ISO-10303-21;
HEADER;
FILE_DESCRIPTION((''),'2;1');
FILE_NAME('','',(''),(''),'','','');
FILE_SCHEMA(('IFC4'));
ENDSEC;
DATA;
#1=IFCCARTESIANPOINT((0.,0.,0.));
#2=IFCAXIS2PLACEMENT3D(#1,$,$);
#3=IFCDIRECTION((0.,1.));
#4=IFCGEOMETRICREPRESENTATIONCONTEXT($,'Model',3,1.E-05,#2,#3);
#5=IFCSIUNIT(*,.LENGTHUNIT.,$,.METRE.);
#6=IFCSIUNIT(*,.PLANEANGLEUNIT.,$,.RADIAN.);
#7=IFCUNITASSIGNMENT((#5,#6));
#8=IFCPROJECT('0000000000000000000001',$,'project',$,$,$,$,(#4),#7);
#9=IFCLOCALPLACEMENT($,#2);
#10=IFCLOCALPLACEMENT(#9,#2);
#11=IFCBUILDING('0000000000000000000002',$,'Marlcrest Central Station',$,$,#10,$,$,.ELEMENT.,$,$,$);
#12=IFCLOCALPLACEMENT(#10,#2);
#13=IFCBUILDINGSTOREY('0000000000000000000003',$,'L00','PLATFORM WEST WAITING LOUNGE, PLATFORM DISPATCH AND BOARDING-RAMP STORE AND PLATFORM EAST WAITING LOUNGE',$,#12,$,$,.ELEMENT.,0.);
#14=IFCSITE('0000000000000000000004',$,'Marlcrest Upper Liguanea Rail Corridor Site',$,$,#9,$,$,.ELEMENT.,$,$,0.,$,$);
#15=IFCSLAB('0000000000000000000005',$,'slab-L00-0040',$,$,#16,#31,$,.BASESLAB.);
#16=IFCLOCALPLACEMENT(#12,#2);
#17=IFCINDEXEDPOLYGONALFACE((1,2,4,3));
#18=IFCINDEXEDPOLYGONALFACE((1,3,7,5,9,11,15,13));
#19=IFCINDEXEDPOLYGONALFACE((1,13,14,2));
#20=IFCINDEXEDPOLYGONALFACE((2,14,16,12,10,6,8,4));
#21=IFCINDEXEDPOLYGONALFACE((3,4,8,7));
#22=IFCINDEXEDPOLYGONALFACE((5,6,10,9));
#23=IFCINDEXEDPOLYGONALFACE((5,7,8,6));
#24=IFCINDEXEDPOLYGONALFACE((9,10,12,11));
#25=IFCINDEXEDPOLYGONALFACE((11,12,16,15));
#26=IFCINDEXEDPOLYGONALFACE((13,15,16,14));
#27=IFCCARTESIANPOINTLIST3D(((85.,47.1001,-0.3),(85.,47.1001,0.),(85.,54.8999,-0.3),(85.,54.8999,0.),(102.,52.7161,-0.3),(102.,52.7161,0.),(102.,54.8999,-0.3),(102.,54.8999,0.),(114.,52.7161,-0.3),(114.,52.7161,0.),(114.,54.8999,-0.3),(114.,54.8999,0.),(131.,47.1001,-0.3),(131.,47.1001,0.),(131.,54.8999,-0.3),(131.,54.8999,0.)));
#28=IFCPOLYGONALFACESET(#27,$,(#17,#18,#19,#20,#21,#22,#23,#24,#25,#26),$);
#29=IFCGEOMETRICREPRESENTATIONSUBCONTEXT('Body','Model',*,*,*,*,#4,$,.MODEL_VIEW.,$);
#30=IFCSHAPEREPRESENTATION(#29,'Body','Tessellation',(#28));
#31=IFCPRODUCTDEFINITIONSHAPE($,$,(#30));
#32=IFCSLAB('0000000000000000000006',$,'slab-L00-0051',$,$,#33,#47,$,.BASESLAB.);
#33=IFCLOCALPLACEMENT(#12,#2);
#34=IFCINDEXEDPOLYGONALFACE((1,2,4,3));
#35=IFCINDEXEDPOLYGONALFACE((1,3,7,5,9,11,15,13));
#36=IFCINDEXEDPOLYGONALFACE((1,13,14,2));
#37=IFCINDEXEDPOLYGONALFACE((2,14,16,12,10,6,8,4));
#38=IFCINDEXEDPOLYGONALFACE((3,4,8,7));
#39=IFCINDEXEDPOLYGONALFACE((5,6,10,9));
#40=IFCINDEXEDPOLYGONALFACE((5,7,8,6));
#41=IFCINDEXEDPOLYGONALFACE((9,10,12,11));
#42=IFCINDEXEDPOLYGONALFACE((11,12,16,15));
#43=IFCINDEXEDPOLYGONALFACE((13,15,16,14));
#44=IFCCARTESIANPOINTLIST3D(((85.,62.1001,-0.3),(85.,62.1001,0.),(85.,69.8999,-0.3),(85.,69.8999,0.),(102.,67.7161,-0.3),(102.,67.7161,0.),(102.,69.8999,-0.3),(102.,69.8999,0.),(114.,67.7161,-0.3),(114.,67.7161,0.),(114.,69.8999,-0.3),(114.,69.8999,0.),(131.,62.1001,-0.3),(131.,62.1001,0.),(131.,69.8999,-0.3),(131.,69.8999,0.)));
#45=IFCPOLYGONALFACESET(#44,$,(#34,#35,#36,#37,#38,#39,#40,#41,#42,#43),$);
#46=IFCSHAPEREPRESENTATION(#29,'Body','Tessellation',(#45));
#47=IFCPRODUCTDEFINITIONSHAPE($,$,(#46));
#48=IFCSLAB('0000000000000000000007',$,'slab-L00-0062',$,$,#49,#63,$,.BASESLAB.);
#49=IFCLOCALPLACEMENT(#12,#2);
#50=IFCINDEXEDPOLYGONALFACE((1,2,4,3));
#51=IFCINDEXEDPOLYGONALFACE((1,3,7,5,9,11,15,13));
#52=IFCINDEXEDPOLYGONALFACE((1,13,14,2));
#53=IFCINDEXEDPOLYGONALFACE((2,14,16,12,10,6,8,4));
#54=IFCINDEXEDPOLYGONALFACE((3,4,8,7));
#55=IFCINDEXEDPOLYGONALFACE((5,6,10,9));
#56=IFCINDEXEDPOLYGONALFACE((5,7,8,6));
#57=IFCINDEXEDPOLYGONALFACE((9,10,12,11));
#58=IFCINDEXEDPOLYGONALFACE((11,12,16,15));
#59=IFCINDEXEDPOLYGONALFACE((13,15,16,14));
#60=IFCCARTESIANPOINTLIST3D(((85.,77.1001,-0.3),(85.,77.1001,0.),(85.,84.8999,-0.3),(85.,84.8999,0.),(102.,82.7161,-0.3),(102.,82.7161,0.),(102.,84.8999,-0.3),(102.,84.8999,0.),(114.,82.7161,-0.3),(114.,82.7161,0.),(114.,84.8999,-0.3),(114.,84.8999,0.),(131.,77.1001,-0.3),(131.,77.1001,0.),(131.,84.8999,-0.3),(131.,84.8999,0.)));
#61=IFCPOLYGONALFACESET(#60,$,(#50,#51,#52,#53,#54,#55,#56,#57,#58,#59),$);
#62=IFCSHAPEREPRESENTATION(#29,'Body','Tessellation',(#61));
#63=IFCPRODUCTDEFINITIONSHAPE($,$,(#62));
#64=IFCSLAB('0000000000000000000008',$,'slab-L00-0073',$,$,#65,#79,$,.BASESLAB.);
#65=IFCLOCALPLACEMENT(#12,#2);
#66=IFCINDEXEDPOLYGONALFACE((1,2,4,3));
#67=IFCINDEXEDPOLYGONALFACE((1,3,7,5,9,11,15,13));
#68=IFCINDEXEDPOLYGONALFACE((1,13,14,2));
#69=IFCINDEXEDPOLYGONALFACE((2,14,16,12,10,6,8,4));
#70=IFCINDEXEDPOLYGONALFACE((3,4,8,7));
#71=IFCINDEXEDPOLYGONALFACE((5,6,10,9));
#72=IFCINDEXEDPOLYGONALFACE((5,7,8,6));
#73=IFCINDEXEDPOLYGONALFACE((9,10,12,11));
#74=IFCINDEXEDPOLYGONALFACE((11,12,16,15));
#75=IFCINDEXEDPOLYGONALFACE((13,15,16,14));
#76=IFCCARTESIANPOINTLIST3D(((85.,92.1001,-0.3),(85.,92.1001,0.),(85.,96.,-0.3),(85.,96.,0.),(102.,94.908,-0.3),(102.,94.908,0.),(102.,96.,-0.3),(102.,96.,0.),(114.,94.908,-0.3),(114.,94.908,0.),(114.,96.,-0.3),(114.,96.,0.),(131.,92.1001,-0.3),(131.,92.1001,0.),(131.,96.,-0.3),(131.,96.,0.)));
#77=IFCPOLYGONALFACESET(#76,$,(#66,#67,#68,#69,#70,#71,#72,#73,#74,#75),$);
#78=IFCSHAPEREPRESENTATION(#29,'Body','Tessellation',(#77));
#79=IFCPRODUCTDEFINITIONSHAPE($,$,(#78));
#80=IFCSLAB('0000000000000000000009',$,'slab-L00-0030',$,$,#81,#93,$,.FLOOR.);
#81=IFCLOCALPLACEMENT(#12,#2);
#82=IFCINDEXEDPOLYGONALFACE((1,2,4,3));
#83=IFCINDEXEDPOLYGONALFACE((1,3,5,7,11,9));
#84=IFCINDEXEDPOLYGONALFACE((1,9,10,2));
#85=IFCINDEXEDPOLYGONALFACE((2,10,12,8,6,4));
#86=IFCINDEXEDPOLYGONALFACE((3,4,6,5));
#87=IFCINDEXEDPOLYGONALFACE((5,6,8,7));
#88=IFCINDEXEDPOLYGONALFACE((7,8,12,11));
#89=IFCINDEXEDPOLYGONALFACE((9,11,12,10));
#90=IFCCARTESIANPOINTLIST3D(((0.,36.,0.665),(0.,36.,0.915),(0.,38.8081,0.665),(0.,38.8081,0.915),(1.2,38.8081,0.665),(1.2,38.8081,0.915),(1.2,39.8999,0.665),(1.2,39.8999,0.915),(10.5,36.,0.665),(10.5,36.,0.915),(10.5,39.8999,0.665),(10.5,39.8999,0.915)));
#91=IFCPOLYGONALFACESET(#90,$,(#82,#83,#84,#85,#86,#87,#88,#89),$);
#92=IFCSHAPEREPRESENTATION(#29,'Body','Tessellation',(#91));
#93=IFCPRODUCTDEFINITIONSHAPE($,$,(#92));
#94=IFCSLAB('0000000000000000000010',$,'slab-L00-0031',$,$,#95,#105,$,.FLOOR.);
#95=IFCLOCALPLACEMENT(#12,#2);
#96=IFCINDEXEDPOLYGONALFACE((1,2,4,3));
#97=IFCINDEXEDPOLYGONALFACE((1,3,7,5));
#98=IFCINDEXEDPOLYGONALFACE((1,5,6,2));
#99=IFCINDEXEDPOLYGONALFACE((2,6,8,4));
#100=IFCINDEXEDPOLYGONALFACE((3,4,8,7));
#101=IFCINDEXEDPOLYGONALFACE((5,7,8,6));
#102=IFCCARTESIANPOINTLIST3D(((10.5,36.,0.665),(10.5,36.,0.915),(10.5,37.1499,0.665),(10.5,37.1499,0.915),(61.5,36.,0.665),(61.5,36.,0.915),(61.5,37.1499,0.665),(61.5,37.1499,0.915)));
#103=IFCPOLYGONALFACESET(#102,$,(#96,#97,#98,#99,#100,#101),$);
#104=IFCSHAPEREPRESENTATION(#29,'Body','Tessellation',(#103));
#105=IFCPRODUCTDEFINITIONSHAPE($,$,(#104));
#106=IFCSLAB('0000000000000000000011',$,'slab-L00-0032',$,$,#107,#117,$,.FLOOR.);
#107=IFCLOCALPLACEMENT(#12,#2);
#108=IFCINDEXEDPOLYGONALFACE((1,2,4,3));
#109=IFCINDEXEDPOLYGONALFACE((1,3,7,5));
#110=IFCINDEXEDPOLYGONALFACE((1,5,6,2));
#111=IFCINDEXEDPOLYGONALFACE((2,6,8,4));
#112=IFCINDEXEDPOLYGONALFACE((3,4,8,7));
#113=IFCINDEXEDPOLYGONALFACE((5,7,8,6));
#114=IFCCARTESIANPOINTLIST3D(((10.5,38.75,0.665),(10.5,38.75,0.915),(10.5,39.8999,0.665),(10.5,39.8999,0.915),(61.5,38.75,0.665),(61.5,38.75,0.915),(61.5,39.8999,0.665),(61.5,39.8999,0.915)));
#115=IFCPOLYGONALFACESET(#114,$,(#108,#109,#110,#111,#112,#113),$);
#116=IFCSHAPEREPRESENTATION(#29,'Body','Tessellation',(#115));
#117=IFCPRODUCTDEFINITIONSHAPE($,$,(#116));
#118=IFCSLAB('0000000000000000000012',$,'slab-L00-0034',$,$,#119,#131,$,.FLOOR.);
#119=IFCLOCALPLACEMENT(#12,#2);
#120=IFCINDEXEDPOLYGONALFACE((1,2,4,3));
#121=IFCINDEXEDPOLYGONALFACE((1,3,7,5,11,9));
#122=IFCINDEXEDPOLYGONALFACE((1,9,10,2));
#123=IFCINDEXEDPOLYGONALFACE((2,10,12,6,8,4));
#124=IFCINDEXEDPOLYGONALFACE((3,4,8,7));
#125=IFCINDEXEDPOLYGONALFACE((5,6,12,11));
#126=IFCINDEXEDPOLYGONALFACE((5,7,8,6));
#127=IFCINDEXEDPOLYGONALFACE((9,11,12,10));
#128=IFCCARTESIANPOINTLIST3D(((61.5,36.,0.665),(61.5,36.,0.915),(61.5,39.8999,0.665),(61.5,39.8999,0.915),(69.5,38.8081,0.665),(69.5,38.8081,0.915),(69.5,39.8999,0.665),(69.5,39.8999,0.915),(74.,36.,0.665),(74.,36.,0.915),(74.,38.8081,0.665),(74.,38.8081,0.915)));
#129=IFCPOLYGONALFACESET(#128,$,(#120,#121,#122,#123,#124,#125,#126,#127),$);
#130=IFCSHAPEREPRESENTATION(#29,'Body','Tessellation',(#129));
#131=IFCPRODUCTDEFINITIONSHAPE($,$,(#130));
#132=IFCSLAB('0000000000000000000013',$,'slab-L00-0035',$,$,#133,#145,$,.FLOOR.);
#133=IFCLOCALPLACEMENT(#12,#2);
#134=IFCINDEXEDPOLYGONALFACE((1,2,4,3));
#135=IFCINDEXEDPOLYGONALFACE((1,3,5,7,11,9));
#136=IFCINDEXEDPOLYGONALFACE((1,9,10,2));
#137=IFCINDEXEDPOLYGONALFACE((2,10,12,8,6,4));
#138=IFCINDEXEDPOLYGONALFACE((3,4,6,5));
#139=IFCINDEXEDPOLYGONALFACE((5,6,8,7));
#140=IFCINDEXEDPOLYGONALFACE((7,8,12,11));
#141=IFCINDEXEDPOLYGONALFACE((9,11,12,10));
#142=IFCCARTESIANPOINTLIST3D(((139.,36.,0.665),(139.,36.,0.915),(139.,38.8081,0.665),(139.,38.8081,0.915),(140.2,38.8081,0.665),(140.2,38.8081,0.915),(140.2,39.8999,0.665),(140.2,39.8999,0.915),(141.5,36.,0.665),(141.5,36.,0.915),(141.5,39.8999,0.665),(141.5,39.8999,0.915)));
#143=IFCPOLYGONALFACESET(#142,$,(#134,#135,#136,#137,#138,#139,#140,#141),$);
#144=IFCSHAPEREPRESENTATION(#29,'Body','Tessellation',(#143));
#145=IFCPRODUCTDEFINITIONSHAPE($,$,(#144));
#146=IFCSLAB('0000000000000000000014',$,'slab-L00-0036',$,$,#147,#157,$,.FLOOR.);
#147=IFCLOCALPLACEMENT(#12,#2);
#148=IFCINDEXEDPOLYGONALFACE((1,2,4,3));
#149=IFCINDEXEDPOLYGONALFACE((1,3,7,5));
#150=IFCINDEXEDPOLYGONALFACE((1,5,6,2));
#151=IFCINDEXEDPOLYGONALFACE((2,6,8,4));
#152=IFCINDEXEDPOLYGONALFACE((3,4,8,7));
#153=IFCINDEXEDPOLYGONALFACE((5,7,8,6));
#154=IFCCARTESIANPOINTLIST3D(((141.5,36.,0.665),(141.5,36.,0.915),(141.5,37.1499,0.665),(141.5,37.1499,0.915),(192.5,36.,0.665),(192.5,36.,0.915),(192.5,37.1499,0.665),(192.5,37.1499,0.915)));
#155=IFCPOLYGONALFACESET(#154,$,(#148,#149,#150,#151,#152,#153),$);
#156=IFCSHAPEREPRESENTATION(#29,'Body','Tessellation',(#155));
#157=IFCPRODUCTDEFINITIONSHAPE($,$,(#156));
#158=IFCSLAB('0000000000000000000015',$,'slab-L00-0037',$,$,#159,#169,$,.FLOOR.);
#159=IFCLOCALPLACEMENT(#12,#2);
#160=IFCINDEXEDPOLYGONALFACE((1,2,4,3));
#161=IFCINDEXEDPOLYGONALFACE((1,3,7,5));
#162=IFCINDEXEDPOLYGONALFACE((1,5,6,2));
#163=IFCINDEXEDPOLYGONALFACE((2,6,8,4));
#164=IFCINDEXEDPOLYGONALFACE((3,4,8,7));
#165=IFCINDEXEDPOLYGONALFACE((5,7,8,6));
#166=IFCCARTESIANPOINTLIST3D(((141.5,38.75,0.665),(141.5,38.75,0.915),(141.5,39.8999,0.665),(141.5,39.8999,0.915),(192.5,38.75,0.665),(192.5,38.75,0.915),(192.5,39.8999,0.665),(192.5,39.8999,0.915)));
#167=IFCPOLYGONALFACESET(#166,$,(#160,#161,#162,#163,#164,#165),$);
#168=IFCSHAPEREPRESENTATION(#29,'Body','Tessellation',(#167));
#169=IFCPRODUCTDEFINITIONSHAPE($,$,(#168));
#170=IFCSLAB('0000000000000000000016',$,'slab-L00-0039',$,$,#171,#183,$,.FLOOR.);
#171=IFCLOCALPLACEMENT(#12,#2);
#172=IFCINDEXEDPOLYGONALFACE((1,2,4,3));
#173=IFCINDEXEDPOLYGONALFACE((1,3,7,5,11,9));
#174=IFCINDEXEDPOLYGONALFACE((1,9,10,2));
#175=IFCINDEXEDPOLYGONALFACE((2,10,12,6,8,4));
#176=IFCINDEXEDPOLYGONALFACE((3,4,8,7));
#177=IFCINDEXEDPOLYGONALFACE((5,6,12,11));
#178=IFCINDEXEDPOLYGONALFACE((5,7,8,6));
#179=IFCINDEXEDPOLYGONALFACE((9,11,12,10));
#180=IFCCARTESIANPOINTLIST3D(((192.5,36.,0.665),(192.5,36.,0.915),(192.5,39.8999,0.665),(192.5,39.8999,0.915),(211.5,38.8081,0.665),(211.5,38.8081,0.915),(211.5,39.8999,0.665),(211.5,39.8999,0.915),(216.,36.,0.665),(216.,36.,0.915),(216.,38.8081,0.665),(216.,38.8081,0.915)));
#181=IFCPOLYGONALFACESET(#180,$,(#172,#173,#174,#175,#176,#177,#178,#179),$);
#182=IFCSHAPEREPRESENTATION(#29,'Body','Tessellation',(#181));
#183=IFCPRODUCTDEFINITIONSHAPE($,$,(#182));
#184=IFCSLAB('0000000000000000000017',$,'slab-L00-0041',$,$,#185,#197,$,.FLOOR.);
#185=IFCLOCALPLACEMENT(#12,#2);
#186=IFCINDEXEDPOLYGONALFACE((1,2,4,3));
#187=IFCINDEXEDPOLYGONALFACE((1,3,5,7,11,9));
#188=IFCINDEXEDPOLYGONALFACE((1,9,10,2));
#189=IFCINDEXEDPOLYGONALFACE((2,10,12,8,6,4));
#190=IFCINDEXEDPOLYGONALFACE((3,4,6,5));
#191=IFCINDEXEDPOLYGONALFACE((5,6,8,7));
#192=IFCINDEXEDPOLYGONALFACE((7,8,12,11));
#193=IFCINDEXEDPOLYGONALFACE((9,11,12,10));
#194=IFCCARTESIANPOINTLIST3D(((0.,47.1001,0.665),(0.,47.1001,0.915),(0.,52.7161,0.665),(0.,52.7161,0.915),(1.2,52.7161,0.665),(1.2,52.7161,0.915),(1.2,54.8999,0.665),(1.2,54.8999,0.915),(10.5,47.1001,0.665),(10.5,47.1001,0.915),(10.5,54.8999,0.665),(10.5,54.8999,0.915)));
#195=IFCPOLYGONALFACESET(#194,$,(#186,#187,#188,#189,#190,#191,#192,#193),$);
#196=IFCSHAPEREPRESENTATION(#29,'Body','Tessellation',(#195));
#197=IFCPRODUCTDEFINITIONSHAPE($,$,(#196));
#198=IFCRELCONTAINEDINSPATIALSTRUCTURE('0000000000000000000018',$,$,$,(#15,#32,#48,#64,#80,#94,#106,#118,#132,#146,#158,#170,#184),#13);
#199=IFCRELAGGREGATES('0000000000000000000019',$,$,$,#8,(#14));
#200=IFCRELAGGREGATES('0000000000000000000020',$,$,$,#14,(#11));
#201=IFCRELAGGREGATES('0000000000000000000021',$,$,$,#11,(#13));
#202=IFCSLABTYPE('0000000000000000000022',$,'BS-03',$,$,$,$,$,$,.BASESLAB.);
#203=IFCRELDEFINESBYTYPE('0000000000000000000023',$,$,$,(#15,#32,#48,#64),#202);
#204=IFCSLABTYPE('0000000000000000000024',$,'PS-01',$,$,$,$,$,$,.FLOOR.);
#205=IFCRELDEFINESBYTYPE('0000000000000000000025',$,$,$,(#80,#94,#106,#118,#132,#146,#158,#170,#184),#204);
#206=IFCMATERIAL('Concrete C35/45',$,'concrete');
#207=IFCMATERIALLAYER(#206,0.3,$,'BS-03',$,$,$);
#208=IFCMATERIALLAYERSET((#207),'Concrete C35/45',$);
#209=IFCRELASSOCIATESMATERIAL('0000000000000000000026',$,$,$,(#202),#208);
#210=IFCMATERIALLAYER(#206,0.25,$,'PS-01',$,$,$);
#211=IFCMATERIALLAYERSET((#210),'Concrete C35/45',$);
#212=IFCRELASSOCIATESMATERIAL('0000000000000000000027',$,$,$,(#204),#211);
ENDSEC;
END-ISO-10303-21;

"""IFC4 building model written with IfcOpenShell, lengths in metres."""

from ifc_helpers import new_model, si_unit, direction, frame, origin, place, context, subcontext, project, spatial, polyline, outline, extrude, material, layer, layer_set, type_object, element, save


model = new_model("IFC4")

# Units and contexts
model_context = context("Model", 3, precision=1e-05, world=origin(), true_north=direction((0.0, 1.0)))
body_context = subcontext(model_context, "Body", "Model", "MODEL_VIEW")
ifc_project = project(units=[si_unit("LENGTHUNIT", "METRE"), si_unit("PLANEANGLEUNIT", "RADIAN")], contexts=[model_context])

# Site, building, storey
site_placement = place(None, origin())
site = spatial("IfcSite", under=ifc_project, at=site_placement, Name="Marlcrest Upper Liguanea Rail Corridor Site", CompositionType="ELEMENT", RefElevation=0.0)
building_placement = place(site_placement, origin())
building = spatial("IfcBuilding", under=site, at=building_placement, Name="Marlcrest Central Station", CompositionType="ELEMENT")
storey_placement = place(building_placement, origin())
storey = spatial("IfcBuildingStorey", under=building, at=storey_placement, Name="L00", Description="PLATFORM WEST WAITING LOUNGE, PLATFORM DISPATCH AND BOARDING-RAMP STORE AND PLATFORM EAST WAITING LOUNGE", CompositionType="ELEMENT", Elevation=0.0)

# Slabs
ifc_material = material(Name="Concrete C35/45", Category="concrete")
ifc_layer_1 = layer(ifc_material, 0.3, Name="BS-03")
ifc_layer_set_1 = layer_set([ifc_layer_1], Name="Concrete C35/45")
slab_type_1 = type_object("IfcSlabType", Name="BS-03", PredefinedType="BASESLAB", material=ifc_layer_set_1)
slab_1_placement = place(storey_placement, frame((0.0, 0.0, -0.3)))
element("IfcSlab", 1, at=slab_1_placement, inside=storey, type_object=slab_type_1, Name="slab-L00-0040", PredefinedType="BASESLAB", context=body_context, shape_type="SweptSolid", body=[
    extrude(outline(polyline([(85.0, 47.1001), (85.0, 54.8999), (102.0, 54.8999), (102.0, 52.7161), (114.0, 52.7161), (114.0, 54.8999), (131.0, 54.8999), (131.0, 47.1001), (85.0, 47.1001)])), origin(), (0.0, 0.0, 1.0), 0.3),
])
slab_2_placement = place(storey_placement, frame((0.0, 0.0, -0.3)))
element("IfcSlab", 2, at=slab_2_placement, inside=storey, type_object=slab_type_1, Name="slab-L00-0051", PredefinedType="BASESLAB", context=body_context, shape_type="SweptSolid", body=[
    extrude(outline(polyline([(85.0, 62.1001), (85.0, 69.8999), (102.0, 69.8999), (102.0, 67.7161), (114.0, 67.7161), (114.0, 69.8999), (131.0, 69.8999), (131.0, 62.1001), (85.0, 62.1001)])), origin(), (0.0, 0.0, 1.0), 0.3),
])
slab_3_placement = place(storey_placement, frame((0.0, 0.0, -0.3)))
element("IfcSlab", 3, at=slab_3_placement, inside=storey, type_object=slab_type_1, Name="slab-L00-0062", PredefinedType="BASESLAB", context=body_context, shape_type="SweptSolid", body=[
    extrude(outline(polyline([(85.0, 77.1001), (85.0, 84.8999), (102.0, 84.8999), (102.0, 82.7161), (114.0, 82.7161), (114.0, 84.8999), (131.0, 84.8999), (131.0, 77.1001), (85.0, 77.1001)])), origin(), (0.0, 0.0, 1.0), 0.3),
])
slab_4_placement = place(storey_placement, frame((0.0, 0.0, -0.3)))
element("IfcSlab", 4, at=slab_4_placement, inside=storey, type_object=slab_type_1, Name="slab-L00-0073", PredefinedType="BASESLAB", context=body_context, shape_type="SweptSolid", body=[
    extrude(outline(polyline([(85.0, 92.1001), (85.0, 96.0), (102.0, 96.0), (102.0, 94.908), (114.0, 94.908), (114.0, 96.0), (131.0, 96.0), (131.0, 92.1001), (85.0, 92.1001)])), origin(), (0.0, 0.0, 1.0), 0.3),
])
ifc_layer_2 = layer(ifc_material, 0.25, Name="PS-01")
ifc_layer_set_2 = layer_set([ifc_layer_2], Name="Concrete C35/45")
slab_type_2 = type_object("IfcSlabType", Name="PS-01", PredefinedType="FLOOR", material=ifc_layer_set_2)
slab_5_placement = place(storey_placement, frame((0.0, 0.0, 0.665)))
element("IfcSlab", 5, at=slab_5_placement, inside=storey, type_object=slab_type_2, Name="slab-L00-0030", PredefinedType="FLOOR", context=body_context, shape_type="SweptSolid", body=[
    extrude(outline(polyline([(0.0, 36.0), (10.5, 36.0), (10.5, 39.8999), (1.2, 39.8999), (1.2, 38.8081), (0.0, 38.8081), (0.0, 36.0)])), origin(), (0.0, 0.0, 1.0), 0.25),
])
slab_6_placement = place(storey_placement, frame((0.0, 0.0, 0.665)))
element("IfcSlab", 6, at=slab_6_placement, inside=storey, type_object=slab_type_2, Name="slab-L00-0031", PredefinedType="FLOOR", context=body_context, shape_type="SweptSolid", body=[
    extrude(outline(polyline([(61.5, 37.1499), (61.5, 36.0), (10.5, 36.0), (10.5, 37.1499), (61.5, 37.1499)])), origin(), (0.0, 0.0, 1.0), 0.25),
])
slab_7_placement = place(storey_placement, frame((0.0, 0.0, 0.665)))
element("IfcSlab", 7, at=slab_7_placement, inside=storey, type_object=slab_type_2, Name="slab-L00-0032", PredefinedType="FLOOR", context=body_context, shape_type="SweptSolid", body=[
    extrude(outline(polyline([(61.5, 39.8999), (61.5, 38.75), (10.5, 38.75), (10.5, 39.8999), (61.5, 39.8999)])), origin(), (0.0, 0.0, 1.0), 0.25),
])
slab_8_placement = place(storey_placement, frame((0.0, 0.0, 0.665)))
element("IfcSlab", 8, at=slab_8_placement, inside=storey, type_object=slab_type_2, Name="slab-L00-0034", PredefinedType="FLOOR", context=body_context, shape_type="SweptSolid", body=[
    extrude(outline(polyline([(69.5, 39.8999), (69.5, 38.8081), (74.0, 38.8081), (74.0, 36.0), (61.5, 36.0), (61.5, 39.8999), (69.5, 39.8999)])), origin(), (0.0, 0.0, 1.0), 0.25),
])
slab_9_placement = place(storey_placement, frame((0.0, 0.0, 0.665)))
element("IfcSlab", 9, at=slab_9_placement, inside=storey, type_object=slab_type_2, Name="slab-L00-0035", PredefinedType="FLOOR", context=body_context, shape_type="SweptSolid", body=[
    extrude(outline(polyline([(139.0, 36.0), (141.5, 36.0), (141.5, 39.8999), (140.2, 39.8999), (140.2, 38.8081), (139.0, 38.8081), (139.0, 36.0)])), origin(), (0.0, 0.0, 1.0), 0.25),
])
slab_10_placement = place(storey_placement, frame((0.0, 0.0, 0.665)))
element("IfcSlab", 10, at=slab_10_placement, inside=storey, type_object=slab_type_2, Name="slab-L00-0036", PredefinedType="FLOOR", context=body_context, shape_type="SweptSolid", body=[
    extrude(outline(polyline([(192.5, 37.1499), (192.5, 36.0), (141.5, 36.0), (141.5, 37.1499), (192.5, 37.1499)])), origin(), (0.0, 0.0, 1.0), 0.25),
])
slab_11_placement = place(storey_placement, frame((0.0, 0.0, 0.665)))
element("IfcSlab", 11, at=slab_11_placement, inside=storey, type_object=slab_type_2, Name="slab-L00-0037", PredefinedType="FLOOR", context=body_context, shape_type="SweptSolid", body=[
    extrude(outline(polyline([(192.5, 39.8999), (192.5, 38.75), (141.5, 38.75), (141.5, 39.8999), (192.5, 39.8999)])), origin(), (0.0, 0.0, 1.0), 0.25),
])
slab_12_placement = place(storey_placement, frame((0.0, 0.0, 0.665)))
element("IfcSlab", 12, at=slab_12_placement, inside=storey, type_object=slab_type_2, Name="slab-L00-0039", PredefinedType="FLOOR", context=body_context, shape_type="SweptSolid", body=[
    extrude(outline(polyline([(211.5, 39.8999), (211.5, 38.8081), (216.0, 38.8081), (216.0, 36.0), (192.5, 36.0), (192.5, 39.8999), (211.5, 39.8999)])), origin(), (0.0, 0.0, 1.0), 0.25),
])
slab_13_placement = place(storey_placement, frame((0.0, 0.0, 0.665)))
element("IfcSlab", 13, at=slab_13_placement, inside=storey, type_object=slab_type_2, Name="slab-L00-0041", PredefinedType="FLOOR", context=body_context, shape_type="SweptSolid", body=[
    extrude(outline(polyline([(0.0, 47.1001), (10.5, 47.1001), (10.5, 54.8999), (1.2, 54.8999), (1.2, 52.7161), (0.0, 52.7161), (0.0, 47.1001)])), origin(), (0.0, 0.0, 1.0), 0.25),
])

save(model, "model.ifc")
